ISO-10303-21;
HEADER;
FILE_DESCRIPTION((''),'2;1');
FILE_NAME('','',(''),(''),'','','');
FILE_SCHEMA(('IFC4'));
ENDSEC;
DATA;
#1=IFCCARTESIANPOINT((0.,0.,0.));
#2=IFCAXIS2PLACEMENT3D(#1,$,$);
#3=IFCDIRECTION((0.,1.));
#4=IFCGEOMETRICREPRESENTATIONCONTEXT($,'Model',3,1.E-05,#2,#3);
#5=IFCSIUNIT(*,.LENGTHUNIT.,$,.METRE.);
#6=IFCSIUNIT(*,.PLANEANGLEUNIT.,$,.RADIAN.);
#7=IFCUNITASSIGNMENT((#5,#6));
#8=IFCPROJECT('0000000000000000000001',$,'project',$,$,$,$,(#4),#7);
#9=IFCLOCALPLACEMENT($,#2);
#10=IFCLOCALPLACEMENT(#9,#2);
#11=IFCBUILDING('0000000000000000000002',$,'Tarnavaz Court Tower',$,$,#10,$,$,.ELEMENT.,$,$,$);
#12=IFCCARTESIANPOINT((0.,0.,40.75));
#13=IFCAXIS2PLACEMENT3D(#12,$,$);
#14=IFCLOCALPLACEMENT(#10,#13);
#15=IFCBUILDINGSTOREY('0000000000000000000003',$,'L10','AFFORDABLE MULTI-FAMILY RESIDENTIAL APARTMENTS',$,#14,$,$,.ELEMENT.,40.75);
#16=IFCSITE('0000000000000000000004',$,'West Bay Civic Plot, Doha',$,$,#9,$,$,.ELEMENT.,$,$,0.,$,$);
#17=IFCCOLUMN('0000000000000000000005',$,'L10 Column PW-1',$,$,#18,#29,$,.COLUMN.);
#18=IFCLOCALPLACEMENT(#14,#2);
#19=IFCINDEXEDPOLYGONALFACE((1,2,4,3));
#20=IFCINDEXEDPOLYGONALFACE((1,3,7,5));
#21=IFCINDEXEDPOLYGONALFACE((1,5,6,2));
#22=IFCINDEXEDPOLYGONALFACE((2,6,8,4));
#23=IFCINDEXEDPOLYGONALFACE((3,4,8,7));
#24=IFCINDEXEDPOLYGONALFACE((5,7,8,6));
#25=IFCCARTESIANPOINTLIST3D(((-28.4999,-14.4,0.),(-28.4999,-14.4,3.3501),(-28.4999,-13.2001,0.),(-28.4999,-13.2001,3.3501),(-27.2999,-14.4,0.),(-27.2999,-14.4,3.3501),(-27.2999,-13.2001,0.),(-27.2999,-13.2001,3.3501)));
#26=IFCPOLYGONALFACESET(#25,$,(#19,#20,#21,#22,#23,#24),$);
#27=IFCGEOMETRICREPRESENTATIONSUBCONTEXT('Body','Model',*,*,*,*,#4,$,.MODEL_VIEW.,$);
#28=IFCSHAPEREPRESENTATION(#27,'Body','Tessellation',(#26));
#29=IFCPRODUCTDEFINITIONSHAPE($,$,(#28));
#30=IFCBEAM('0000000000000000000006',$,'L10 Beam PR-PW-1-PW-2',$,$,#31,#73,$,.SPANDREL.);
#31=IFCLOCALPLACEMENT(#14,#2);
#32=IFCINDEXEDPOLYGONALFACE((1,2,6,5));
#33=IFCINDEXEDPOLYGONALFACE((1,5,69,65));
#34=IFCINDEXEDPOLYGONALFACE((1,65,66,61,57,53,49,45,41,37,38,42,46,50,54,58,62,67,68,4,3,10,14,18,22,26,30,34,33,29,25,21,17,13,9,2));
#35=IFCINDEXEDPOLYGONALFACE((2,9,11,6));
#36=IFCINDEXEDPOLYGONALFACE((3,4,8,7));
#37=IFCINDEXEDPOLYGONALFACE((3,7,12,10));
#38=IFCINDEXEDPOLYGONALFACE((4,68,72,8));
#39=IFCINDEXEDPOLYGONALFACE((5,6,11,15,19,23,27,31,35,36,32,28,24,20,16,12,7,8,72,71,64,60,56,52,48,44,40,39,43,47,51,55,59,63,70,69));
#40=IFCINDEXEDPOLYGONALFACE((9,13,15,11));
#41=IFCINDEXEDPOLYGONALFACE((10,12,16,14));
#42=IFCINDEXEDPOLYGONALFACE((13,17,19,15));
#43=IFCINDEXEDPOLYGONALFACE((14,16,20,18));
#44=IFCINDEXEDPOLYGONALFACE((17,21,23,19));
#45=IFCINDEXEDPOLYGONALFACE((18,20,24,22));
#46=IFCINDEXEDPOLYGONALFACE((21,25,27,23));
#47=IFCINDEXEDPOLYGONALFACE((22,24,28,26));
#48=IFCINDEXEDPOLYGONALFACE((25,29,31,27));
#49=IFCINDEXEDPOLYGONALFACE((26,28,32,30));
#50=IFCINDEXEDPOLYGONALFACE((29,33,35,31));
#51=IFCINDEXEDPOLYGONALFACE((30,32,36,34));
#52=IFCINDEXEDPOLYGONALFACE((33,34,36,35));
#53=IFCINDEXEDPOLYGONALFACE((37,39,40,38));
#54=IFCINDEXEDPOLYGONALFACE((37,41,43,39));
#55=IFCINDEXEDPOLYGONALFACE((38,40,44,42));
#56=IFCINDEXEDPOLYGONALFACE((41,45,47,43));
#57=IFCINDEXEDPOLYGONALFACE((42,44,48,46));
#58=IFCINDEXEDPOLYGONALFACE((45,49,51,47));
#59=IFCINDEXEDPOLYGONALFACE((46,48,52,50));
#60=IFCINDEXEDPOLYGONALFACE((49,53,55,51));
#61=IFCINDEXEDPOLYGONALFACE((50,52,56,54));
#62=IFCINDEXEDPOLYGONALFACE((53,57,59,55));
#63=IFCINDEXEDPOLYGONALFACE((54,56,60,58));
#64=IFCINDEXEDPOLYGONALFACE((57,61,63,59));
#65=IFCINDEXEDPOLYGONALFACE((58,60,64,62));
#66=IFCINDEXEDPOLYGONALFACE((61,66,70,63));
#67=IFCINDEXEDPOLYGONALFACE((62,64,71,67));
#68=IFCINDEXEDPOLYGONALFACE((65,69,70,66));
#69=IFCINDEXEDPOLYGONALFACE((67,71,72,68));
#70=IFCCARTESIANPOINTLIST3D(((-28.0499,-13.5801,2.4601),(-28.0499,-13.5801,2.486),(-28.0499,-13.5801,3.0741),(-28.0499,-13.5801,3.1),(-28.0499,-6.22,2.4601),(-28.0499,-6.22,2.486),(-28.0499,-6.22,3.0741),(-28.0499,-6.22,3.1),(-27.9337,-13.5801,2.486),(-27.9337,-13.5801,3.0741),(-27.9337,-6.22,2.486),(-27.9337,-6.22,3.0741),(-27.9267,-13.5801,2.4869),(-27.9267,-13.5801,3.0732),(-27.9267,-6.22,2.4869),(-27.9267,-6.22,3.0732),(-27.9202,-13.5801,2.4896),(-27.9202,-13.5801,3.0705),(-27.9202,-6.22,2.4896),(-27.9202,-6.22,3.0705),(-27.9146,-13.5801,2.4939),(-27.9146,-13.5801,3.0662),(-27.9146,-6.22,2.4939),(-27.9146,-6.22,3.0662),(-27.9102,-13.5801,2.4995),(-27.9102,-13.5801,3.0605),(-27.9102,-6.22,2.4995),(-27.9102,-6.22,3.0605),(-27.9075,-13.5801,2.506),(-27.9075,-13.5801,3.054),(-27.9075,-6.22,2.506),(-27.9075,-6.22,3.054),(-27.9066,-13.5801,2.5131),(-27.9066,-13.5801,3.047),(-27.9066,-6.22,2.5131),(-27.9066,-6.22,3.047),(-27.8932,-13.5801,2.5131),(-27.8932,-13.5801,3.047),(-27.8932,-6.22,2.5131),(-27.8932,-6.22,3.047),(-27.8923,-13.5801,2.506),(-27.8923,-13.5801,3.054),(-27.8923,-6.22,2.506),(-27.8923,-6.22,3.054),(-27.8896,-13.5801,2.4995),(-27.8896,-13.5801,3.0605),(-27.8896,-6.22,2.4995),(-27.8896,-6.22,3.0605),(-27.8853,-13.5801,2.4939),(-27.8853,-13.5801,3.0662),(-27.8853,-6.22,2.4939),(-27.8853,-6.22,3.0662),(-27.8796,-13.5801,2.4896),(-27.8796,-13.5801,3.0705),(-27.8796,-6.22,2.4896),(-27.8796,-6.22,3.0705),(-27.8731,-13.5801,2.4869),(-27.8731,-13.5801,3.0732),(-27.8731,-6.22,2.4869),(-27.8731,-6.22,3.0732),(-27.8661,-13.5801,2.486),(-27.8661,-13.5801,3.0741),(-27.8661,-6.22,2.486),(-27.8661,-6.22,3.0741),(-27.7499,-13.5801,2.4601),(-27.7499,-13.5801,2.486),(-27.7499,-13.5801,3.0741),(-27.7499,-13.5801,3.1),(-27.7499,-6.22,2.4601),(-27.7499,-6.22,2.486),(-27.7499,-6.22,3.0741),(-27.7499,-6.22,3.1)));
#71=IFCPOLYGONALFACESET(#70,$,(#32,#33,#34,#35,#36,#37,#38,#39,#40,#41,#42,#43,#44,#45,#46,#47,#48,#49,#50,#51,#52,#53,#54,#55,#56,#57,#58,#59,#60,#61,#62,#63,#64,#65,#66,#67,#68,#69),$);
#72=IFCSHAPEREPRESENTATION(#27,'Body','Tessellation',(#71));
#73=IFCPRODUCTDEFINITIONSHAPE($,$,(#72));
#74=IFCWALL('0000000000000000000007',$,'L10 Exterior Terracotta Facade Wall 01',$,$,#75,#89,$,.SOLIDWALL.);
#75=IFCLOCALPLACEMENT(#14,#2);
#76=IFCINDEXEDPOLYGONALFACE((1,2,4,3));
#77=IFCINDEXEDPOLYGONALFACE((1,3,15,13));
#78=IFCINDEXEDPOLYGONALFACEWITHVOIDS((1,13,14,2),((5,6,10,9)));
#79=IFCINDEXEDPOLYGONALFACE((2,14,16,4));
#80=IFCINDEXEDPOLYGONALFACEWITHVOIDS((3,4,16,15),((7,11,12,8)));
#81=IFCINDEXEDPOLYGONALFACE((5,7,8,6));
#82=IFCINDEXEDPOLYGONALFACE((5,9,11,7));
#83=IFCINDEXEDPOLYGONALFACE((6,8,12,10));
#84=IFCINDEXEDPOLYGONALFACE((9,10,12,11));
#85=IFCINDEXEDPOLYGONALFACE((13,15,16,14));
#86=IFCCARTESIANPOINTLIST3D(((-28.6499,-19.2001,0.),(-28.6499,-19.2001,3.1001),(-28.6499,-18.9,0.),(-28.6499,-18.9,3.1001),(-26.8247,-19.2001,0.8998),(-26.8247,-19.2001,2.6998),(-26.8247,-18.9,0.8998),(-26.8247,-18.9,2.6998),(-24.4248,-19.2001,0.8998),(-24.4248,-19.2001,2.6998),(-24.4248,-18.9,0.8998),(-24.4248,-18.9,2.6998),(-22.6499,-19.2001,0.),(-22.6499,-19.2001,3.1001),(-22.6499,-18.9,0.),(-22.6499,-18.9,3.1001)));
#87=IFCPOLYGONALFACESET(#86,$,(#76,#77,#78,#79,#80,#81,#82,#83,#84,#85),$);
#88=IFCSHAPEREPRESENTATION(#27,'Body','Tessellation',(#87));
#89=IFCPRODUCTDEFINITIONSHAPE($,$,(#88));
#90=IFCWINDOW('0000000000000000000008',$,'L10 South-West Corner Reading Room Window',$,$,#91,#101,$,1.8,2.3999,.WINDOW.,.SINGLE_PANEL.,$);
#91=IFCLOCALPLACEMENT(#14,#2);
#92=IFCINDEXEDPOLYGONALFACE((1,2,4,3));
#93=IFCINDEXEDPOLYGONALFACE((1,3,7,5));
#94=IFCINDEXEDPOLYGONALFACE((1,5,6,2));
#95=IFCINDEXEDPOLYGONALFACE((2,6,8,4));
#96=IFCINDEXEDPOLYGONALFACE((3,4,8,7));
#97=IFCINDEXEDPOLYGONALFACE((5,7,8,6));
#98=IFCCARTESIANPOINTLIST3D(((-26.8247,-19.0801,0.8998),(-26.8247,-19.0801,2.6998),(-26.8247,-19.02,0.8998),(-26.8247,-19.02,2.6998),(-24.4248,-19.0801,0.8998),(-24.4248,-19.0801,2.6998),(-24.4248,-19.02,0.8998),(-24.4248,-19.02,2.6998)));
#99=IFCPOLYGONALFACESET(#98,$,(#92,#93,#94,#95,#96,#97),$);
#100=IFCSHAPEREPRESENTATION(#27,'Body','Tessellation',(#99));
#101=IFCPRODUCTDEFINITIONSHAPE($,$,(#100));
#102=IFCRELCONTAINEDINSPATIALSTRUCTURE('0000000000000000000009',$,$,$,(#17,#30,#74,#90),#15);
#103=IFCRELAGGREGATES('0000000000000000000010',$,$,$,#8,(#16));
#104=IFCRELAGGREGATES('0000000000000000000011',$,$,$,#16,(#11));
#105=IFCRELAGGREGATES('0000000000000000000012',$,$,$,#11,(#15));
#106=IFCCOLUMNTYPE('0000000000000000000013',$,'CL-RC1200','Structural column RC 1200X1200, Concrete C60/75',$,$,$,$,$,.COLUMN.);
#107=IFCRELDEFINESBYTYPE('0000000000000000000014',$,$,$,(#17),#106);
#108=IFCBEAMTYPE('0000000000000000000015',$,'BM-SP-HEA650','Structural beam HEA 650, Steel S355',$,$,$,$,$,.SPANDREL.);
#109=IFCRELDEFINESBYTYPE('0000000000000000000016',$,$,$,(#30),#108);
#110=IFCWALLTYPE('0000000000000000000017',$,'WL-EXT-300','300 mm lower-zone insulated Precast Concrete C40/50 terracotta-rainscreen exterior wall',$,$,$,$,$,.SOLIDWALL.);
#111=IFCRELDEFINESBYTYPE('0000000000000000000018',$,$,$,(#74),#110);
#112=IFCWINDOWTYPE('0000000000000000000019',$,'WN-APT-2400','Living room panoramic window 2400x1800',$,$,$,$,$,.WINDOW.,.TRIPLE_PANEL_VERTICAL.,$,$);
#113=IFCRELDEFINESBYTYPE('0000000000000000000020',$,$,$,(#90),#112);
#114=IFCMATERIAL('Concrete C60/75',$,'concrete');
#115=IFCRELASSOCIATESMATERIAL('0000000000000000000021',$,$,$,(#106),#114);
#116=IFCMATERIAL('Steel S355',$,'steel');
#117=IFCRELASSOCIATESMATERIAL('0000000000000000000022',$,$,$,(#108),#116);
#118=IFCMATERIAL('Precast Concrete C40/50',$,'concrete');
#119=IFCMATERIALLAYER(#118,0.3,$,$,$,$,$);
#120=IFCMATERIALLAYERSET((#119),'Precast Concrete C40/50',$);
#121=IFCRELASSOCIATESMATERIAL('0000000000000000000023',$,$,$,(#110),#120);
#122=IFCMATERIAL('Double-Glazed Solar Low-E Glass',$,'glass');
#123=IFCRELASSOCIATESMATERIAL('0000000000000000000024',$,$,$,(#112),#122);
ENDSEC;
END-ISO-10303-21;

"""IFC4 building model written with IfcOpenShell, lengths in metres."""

from ifc_helpers import new_model, si_unit, direction, frame, frame_2d, origin, origin_2d, place, context, subcontext, project, spatial, rectangle, i_section, extrude, material, layer, layer_set, material_profile, profile_set, type_object, element, fill, save


model = new_model("IFC4")

# Units and contexts
model_context = context("Model", 3, precision=1e-05, world=origin(), true_north=direction((0.0, 1.0)))
body_context = subcontext(model_context, "Body", "Model", "MODEL_VIEW")
ifc_project = project(units=[si_unit("LENGTHUNIT", "METRE"), si_unit("PLANEANGLEUNIT", "RADIAN")], contexts=[model_context])

# Site, building, storey
site_placement = place(None, origin())
site = spatial("IfcSite", under=ifc_project, at=site_placement, Name="West Bay Civic Plot, Doha", CompositionType="ELEMENT", RefElevation=0.0)
building_placement = place(site_placement, origin())
building = spatial("IfcBuilding", under=site, at=building_placement, Name="Tarnavaz Court Tower", CompositionType="ELEMENT")
storey_placement = place(building_placement, frame((0.0, 0.0, 40.75)))
storey = spatial("IfcBuildingStorey", under=building, at=storey_placement, Name="L10", Description="AFFORDABLE MULTI-FAMILY RESIDENTIAL APARTMENTS", CompositionType="ELEMENT", Elevation=40.75)

# Column
ifc_material_1 = material(Name="Concrete C60/75", Category="concrete")
ifc_material_profile_1 = material_profile(ifc_material_1, rectangle(XDim=1.2, YDim=1.2, at=origin_2d()), Name="RC 1200X1200")
ifc_profile_set_1 = profile_set([ifc_material_profile_1], Name="Concrete C60/75")
column_type = type_object("IfcColumnType", Name="CL-RC1200", Description="Structural column RC 1200X1200, Concrete C60/75", PredefinedType="COLUMN", material=ifc_profile_set_1)
column_placement = place(storey_placement, frame((-27.8999, -13.8, 0.0), z_axis=(0.0, 0.0, 1.0), x_axis=(1.0, 0.0, 0.0)))
element("IfcColumn", 1, at=column_placement, inside=storey, type_object=column_type, Name="L10 Column PW-1", PredefinedType="COLUMN", context=body_context, shape_type="SweptSolid", body=[
    extrude(rectangle(XDim=1.2, YDim=1.2, at=origin_2d()), origin(), (0.0, 0.0, 1.0), 3.3501),
])

# Beam
ifc_material_2 = material(Name="Steel S355", Category="steel")
ifc_material_profile_2 = material_profile(ifc_material_2, i_section(OverallWidth=0.3, OverallDepth=0.6399, WebThickness=0.0134, FlangeThickness=0.0259, FilletRadius=0.0271, at=origin_2d()), Name="HEA 650")
ifc_profile_set_2 = profile_set([ifc_material_profile_2], Name="Steel S355")
beam_type = type_object("IfcBeamType", Name="BM-SP-HEA650", Description="Structural beam HEA 650, Steel S355", PredefinedType="SPANDREL", material=ifc_profile_set_2)
beam_placement = place(storey_placement, frame((-27.8999, -13.5801, 2.78), z_axis=(0.0, 1.0, 0.0), x_axis=(-1.0, 0.0, 0.0)))
element("IfcBeam", 2, at=beam_placement, inside=storey, type_object=beam_type, Name="L10 Beam PR-PW-1-PW-2", PredefinedType="SPANDREL", context=body_context, shape_type="SweptSolid", body=[
    extrude(i_section(OverallWidth=0.3, OverallDepth=0.6399, WebThickness=0.0134, FlangeThickness=0.0259, FilletRadius=0.0271, at=origin_2d()), origin(), (0.0, 0.0, 1.0), 7.3601),
])

# Wall, opening, window
ifc_material_3 = material(Name="Precast Concrete C40/50", Category="concrete")
ifc_layer_1 = layer(ifc_material_3, 0.3)
ifc_layer_set_1 = layer_set([ifc_layer_1], Name="Precast Concrete C40/50")
wall_type_1 = type_object("IfcWallType", Name="WL-EXT-300", Description="300 mm lower-zone insulated Precast Concrete C40/50 terracotta-rainscreen exterior wall", PredefinedType="SOLIDWALL", material=ifc_layer_set_1)
wall_1_placement = place(storey_placement, frame((-22.6499, -19.05, 0.0), z_axis=(0.0, 0.0, 1.0), x_axis=(-1.0, 0.0, 0.0)))
wall_1 = element("IfcWall", 3, at=wall_1_placement, inside=storey, type_object=wall_type_1, Name="L10 Exterior Terracotta Facade Wall 01", PredefinedType="SOLIDWALL", context=body_context, shape_type="SweptSolid", body=[
    extrude(rectangle(XDim=6.0, YDim=0.3, at=frame_2d((3.0, 0.0))), origin(), (0.0, 0.0, 1.0), 3.1001),
])
opening_1_placement = place(wall_1_placement, frame((1.7749, 0.0, 0.8999)))
opening_1 = element("IfcOpeningElement", 4, at=opening_1_placement, cuts=wall_1, PredefinedType="OPENING", context=body_context, shape_type="SweptSolid", body=[
    extrude(rectangle(XDim=2.3999, YDim=1.8, at=frame_2d((1.2, 0.8999))), frame((0.0, 0.1599, 0.0), z_axis=(0.0, -1.0, 0.0), x_axis=(1.0, 0.0, 0.0)), (0.0, 0.0, 1.0), 0.3201),
])
ifc_material_4 = material(Name="Double-Glazed Solar Low-E Glass", Category="glass")
window_type_1 = type_object("IfcWindowType", Name="WN-APT-2400", Description="Living room panoramic window 2400x1800", PartitioningType="TRIPLE_PANEL_VERTICAL", PredefinedType="WINDOW", material=ifc_material_4)
window_1_placement = place(opening_1_placement, origin())
window_1 = element("IfcWindow", 5, at=window_1_placement, inside=storey, type_object=window_type_1, Name="L10 South-West Corner Reading Room Window", OverallHeight=1.8, OverallWidth=2.3999, PartitioningType="SINGLE_PANEL", PredefinedType="WINDOW", context=body_context, shape_type="SweptSolid", body=[
    extrude(rectangle(XDim=2.3999, YDim=1.8, at=frame_2d((1.2, 0.8999))), frame((0.0, 0.03, 0.0), z_axis=(0.0, -1.0, 0.0), x_axis=(1.0, 0.0, 0.0)), (0.0, 0.0, 1.0), 0.0601),
])
fill(opening_1, window_1)

save(model, "model.ifc")
